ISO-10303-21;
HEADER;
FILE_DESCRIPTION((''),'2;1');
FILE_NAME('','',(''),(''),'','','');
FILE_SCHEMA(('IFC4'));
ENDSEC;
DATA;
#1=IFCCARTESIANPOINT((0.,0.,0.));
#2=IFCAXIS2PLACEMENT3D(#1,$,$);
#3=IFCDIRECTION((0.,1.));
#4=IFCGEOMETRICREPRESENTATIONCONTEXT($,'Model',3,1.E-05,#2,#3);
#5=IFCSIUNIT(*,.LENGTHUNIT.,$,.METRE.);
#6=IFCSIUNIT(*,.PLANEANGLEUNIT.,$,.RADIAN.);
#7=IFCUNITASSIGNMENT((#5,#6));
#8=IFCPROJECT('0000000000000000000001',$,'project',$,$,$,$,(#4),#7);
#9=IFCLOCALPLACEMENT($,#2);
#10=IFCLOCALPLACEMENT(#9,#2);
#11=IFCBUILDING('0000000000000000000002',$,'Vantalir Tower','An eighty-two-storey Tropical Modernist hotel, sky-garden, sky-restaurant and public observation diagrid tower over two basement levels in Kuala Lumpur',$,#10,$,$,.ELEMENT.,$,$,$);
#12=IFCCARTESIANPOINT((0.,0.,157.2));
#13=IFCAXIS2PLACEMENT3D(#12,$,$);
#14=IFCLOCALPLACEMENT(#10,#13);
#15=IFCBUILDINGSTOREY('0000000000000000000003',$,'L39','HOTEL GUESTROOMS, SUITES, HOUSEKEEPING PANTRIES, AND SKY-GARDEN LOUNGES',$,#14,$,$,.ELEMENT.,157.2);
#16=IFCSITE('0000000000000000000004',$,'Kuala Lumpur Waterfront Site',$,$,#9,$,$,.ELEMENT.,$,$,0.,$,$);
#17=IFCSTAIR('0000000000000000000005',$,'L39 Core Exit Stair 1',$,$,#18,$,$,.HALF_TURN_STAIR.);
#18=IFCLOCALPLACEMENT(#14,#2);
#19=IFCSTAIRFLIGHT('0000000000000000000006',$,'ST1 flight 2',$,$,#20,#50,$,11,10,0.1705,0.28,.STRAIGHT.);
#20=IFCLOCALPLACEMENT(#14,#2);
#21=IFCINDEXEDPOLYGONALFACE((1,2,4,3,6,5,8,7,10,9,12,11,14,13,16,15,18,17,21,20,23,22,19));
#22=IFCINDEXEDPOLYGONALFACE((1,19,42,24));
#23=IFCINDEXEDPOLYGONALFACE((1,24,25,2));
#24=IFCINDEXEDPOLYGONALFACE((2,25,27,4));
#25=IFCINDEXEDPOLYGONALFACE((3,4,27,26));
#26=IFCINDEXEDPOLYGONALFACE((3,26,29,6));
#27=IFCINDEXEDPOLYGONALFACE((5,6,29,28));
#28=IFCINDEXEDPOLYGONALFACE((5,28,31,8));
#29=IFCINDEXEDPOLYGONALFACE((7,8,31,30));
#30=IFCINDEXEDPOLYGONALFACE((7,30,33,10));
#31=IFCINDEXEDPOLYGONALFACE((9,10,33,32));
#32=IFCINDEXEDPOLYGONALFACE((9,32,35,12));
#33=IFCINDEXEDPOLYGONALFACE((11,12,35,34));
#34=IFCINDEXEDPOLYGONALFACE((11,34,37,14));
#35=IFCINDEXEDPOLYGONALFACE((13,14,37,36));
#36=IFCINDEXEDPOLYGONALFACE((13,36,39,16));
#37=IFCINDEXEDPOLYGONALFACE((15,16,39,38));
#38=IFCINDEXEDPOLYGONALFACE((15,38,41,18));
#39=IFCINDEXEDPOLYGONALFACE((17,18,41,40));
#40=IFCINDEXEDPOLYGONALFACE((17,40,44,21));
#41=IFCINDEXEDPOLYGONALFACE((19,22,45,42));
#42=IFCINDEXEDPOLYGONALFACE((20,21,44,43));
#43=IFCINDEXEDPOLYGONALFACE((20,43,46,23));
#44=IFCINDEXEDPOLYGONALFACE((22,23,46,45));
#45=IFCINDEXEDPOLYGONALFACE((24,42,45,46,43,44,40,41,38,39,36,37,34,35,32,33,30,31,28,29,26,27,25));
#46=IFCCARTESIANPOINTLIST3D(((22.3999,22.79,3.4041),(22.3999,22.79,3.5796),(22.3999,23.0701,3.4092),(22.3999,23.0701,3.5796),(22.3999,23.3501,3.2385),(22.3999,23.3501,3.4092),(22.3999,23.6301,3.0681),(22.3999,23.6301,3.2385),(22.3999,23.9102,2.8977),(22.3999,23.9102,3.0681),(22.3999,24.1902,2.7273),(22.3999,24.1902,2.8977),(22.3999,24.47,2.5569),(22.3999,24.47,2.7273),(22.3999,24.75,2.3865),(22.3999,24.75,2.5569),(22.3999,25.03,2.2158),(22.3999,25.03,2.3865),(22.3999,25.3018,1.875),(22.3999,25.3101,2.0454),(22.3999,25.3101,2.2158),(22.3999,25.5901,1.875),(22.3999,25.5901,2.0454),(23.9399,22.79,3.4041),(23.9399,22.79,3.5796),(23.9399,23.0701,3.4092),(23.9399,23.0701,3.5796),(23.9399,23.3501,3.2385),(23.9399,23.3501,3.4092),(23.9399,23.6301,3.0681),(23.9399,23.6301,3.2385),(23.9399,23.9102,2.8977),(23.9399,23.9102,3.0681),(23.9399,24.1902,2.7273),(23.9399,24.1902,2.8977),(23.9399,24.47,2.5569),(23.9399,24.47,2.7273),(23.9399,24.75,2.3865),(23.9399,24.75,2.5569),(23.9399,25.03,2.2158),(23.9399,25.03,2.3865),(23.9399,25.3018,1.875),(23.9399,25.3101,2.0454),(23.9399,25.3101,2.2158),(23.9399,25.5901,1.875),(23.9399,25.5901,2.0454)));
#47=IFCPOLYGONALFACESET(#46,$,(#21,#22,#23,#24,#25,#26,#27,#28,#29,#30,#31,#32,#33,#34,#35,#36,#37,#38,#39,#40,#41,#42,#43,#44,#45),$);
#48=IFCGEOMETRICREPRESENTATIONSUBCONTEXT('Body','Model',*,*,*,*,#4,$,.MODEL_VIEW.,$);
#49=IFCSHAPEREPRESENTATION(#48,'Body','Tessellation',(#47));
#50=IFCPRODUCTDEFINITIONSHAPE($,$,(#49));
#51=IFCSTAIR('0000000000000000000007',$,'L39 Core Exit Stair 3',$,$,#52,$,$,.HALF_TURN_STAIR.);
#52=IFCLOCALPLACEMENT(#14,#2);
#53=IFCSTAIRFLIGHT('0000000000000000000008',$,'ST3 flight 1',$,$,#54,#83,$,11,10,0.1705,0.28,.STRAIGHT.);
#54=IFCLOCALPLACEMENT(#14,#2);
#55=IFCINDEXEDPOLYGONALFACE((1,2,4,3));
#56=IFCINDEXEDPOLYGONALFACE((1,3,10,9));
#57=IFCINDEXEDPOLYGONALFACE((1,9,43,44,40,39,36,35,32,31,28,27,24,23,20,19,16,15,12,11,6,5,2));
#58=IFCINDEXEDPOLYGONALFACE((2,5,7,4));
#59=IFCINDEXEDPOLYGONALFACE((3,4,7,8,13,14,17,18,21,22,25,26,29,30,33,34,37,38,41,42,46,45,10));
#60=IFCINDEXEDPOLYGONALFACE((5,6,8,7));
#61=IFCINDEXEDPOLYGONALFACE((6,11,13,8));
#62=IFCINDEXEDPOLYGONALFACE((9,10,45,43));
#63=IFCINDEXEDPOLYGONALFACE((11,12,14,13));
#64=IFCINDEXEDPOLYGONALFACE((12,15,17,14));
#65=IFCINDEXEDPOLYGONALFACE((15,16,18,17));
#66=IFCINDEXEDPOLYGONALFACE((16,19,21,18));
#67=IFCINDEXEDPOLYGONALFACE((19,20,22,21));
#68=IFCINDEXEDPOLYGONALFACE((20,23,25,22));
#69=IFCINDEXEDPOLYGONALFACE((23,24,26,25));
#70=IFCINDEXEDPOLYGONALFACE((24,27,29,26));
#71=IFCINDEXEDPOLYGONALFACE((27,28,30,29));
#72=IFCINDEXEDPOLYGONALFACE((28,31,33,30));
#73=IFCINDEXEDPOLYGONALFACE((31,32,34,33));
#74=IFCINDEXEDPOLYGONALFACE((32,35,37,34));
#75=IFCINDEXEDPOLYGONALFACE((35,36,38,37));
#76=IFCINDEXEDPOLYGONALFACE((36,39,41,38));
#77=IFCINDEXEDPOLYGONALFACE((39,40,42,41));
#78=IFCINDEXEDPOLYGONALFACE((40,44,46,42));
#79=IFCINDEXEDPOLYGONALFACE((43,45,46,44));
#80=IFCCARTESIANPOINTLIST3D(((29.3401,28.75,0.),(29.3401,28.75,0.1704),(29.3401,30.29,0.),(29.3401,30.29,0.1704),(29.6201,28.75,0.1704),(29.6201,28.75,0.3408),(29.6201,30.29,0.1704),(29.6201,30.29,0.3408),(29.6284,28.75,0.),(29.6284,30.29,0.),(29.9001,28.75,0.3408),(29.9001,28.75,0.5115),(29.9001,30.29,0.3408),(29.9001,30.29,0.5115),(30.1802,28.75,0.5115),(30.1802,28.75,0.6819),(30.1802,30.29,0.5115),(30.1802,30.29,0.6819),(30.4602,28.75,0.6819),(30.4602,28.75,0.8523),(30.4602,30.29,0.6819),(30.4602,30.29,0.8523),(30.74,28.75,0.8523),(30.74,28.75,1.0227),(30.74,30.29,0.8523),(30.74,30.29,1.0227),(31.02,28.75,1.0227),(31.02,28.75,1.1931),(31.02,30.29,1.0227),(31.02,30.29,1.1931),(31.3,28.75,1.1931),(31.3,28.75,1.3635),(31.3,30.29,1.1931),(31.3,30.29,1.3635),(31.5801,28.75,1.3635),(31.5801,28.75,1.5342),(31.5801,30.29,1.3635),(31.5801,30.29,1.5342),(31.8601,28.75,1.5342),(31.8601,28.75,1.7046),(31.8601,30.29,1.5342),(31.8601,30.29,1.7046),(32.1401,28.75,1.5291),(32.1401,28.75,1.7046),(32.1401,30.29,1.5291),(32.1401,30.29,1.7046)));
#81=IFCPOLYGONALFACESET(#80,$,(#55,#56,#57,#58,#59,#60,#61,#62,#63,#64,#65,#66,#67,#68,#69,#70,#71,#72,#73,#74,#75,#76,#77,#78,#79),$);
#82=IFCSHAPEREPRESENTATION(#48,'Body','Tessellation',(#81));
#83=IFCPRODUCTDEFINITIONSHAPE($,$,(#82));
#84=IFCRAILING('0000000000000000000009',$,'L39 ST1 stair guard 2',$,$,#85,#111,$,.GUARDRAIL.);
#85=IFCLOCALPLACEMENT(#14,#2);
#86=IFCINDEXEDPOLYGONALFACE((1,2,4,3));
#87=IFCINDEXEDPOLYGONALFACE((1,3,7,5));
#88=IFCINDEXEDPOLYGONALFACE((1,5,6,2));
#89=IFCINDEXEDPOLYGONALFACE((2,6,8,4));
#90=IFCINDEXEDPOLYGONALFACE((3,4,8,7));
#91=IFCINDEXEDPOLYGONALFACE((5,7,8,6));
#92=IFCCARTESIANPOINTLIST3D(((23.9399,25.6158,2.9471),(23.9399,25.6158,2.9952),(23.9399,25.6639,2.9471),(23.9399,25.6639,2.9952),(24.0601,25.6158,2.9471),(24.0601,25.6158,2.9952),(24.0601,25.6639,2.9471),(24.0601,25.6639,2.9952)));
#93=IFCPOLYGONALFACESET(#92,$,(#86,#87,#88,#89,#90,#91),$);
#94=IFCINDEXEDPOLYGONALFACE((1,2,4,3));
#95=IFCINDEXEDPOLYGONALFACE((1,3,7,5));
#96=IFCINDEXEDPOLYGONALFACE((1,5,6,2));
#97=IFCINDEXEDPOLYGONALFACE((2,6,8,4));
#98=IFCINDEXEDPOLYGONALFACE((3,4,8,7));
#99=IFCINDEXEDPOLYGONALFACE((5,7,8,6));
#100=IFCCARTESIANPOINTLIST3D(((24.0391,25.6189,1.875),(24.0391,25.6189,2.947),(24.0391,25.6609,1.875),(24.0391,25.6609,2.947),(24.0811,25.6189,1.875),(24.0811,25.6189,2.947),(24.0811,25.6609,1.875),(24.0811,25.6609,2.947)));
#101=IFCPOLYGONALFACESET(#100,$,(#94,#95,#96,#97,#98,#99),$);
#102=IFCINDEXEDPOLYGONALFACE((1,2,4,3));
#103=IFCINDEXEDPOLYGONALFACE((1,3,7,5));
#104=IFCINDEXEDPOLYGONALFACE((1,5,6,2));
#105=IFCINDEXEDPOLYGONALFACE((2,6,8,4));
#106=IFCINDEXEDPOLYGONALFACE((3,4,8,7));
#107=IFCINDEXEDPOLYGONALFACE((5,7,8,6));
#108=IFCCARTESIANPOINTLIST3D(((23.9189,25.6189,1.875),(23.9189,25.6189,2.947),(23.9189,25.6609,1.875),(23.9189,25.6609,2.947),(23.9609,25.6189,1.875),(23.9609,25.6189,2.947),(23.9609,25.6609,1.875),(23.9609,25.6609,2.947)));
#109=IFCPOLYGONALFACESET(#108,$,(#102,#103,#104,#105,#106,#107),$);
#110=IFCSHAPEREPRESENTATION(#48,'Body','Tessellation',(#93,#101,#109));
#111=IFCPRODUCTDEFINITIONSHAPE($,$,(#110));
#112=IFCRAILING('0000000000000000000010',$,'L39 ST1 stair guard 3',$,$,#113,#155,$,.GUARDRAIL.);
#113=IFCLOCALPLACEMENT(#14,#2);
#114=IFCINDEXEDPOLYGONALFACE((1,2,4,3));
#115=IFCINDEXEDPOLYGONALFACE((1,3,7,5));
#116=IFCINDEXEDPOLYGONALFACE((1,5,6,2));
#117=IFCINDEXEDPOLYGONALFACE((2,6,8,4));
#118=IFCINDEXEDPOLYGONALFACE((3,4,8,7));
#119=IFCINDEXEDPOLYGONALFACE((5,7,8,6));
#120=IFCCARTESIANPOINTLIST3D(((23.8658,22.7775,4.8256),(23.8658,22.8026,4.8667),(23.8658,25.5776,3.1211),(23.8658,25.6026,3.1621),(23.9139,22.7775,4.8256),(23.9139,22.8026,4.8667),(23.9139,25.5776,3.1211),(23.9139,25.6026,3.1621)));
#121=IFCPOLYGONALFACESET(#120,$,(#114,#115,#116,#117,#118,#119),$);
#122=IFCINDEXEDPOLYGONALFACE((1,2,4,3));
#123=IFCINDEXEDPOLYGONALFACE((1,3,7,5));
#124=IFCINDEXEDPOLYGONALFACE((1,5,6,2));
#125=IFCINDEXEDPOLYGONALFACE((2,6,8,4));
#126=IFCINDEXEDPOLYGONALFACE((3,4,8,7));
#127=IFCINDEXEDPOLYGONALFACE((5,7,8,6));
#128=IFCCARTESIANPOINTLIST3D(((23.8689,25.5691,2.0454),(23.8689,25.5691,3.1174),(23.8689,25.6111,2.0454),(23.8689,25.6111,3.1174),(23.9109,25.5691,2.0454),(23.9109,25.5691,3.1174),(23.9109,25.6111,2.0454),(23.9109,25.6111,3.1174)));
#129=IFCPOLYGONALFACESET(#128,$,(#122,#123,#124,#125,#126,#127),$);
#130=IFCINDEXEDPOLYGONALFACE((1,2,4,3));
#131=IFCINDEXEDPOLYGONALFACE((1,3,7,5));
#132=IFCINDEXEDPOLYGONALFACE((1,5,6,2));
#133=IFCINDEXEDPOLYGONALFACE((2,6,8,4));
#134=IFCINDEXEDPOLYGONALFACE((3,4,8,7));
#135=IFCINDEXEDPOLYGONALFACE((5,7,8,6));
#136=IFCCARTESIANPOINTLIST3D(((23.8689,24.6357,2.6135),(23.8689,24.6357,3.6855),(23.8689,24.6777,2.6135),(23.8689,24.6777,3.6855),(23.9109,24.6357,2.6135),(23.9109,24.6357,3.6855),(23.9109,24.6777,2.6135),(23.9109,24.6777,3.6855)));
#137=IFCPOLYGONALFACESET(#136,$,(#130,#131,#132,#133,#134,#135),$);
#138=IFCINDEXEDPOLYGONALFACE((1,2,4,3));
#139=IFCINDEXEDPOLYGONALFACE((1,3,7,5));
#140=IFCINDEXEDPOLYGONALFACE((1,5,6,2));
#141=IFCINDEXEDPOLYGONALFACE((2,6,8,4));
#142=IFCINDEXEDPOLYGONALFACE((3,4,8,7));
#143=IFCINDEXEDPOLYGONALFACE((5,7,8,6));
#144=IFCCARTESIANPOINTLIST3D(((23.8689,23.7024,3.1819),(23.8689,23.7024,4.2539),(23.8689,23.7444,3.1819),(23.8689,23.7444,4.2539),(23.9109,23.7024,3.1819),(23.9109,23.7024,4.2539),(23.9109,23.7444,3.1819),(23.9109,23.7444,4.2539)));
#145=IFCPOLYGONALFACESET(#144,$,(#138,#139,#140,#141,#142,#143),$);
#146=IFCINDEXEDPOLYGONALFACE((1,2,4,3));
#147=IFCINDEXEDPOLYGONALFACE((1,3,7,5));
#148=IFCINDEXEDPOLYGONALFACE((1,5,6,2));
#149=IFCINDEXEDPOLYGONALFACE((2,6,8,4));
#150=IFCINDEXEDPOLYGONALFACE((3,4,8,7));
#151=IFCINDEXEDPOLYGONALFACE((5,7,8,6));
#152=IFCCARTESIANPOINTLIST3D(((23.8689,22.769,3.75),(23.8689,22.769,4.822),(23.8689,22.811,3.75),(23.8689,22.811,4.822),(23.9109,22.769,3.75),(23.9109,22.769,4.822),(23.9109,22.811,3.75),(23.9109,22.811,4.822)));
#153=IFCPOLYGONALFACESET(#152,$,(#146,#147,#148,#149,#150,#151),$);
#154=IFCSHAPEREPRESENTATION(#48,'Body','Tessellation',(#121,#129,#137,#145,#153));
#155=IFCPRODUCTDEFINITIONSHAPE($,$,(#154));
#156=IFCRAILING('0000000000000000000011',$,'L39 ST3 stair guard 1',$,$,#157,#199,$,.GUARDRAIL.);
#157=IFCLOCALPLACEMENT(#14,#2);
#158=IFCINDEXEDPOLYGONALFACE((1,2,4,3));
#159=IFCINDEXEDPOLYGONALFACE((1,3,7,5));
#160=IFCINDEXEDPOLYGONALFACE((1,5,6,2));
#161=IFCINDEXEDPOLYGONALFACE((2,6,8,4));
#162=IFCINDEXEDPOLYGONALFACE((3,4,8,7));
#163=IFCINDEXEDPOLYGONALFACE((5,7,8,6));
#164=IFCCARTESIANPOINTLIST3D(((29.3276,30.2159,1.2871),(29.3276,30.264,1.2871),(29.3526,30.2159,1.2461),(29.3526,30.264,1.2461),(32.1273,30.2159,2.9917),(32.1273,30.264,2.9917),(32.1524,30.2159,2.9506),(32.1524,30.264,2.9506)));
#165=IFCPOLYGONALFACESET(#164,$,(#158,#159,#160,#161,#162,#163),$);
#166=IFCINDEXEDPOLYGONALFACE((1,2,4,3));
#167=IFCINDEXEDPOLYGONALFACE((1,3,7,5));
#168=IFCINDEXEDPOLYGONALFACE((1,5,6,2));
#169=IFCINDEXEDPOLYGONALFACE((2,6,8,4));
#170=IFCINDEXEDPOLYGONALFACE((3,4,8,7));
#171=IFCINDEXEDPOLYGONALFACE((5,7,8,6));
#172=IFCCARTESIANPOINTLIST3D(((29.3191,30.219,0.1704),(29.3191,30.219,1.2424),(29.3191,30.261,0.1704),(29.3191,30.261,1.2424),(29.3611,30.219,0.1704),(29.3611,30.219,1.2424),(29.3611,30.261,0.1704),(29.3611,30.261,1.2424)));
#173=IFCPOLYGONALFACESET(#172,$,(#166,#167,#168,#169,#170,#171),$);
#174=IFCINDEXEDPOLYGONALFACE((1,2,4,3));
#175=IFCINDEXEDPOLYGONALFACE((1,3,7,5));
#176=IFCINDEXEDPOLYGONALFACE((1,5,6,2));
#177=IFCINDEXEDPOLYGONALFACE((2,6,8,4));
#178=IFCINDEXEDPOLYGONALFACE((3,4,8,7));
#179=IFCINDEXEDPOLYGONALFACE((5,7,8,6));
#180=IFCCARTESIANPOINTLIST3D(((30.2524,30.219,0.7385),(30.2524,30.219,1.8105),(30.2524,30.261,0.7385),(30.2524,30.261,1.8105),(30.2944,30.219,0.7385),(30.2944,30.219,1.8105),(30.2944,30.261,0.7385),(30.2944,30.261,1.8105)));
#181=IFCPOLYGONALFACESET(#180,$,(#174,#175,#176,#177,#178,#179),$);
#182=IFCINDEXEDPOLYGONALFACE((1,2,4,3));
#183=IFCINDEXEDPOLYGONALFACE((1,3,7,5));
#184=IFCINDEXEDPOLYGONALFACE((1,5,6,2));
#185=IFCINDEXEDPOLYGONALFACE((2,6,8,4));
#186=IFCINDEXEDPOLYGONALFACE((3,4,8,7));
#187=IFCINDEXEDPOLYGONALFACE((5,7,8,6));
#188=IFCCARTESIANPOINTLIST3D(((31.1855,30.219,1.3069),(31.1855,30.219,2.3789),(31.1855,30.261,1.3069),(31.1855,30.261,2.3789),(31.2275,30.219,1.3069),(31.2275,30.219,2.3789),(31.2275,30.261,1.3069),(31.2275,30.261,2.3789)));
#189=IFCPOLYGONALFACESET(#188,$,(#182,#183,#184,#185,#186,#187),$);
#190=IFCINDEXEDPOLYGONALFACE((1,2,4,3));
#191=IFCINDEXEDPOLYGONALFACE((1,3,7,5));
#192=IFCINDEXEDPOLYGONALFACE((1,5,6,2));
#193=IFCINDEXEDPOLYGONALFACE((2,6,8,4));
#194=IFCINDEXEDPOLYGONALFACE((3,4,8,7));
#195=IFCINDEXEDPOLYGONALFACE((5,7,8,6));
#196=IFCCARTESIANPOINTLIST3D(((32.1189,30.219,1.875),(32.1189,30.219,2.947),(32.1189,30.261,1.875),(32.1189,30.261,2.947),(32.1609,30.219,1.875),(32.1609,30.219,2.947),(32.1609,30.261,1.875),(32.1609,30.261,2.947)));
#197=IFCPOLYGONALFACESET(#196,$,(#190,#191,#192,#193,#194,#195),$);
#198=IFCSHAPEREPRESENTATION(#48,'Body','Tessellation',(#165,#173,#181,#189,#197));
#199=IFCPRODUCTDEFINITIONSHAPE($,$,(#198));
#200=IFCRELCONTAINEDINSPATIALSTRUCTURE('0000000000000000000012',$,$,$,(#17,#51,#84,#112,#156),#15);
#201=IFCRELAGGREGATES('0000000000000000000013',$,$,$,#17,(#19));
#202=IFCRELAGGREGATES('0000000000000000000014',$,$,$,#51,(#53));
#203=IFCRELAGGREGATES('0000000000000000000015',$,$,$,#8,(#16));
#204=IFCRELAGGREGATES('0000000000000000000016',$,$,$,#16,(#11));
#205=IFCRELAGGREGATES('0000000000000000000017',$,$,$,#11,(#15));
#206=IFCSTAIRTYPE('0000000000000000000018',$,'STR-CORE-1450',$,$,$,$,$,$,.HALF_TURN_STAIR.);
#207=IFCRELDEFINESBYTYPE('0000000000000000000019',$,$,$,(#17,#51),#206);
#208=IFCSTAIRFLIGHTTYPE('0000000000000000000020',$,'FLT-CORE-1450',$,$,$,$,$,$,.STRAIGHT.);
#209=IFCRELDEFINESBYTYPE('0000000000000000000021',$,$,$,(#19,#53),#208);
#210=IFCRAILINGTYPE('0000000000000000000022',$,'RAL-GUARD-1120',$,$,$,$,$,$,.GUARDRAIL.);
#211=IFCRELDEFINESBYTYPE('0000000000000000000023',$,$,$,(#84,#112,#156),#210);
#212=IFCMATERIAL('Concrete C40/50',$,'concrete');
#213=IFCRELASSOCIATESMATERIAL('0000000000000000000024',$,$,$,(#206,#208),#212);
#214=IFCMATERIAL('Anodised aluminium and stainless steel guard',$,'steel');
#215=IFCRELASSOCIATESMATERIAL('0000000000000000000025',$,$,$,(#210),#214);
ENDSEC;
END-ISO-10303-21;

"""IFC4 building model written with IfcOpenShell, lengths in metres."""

from ifc_helpers import new_model, si_unit, direction, frame, origin, origin_2d, place, context, subcontext, project, spatial, polyline, rectangle, outline, extrude, material, type_object, element, aggregate, save


model = new_model("IFC4")

# Units and contexts
model_context = context("Model", 3, precision=1e-05, world=origin(), true_north=direction((0.0, 1.0)))
body_context = subcontext(model_context, "Body", "Model", "MODEL_VIEW")
ifc_project = project(units=[si_unit("LENGTHUNIT", "METRE"), si_unit("PLANEANGLEUNIT", "RADIAN")], contexts=[model_context])

# Site, building, storey
site_placement = place(None, origin())
site = spatial("IfcSite", under=ifc_project, at=site_placement, Name="Kuala Lumpur Waterfront Site", CompositionType="ELEMENT", RefElevation=0.0)
building_placement = place(site_placement, origin())
building = spatial("IfcBuilding", under=site, at=building_placement, Name="Vantalir Tower", Description="An eighty-two-storey Tropical Modernist hotel, sky-garden, sky-restaurant and public observation diagrid tower over two basement levels in Kuala Lumpur", CompositionType="ELEMENT")
storey_placement = place(building_placement, frame((0.0, 0.0, 157.2)))
storey = spatial("IfcBuildingStorey", under=building, at=storey_placement, Name="L39", Description="HOTEL GUESTROOMS, SUITES, HOUSEKEEPING PANTRIES, AND SKY-GARDEN LOUNGES", CompositionType="ELEMENT", Elevation=157.2)

# Stairs, stair flights
ifc_material_1 = material(Name="Concrete C40/50", Category="concrete")
stair_type = type_object("IfcStairType", Name="STR-CORE-1450", PredefinedType="HALF_TURN_STAIR", material=ifc_material_1)
stair_1_placement = place(storey_placement, origin())
stair_1 = element("IfcStair", 1, at=stair_1_placement, inside=storey, type_object=stair_type, Name="L39 Core Exit Stair 1", PredefinedType="HALF_TURN_STAIR")
stair_flight_type = type_object("IfcStairFlightType", Name="FLT-CORE-1450", PredefinedType="STRAIGHT", material=ifc_material_1)
stair_flight_1_placement = place(storey_placement, frame((23.1699, 25.5901, 1.875), z_axis=(0.0, 0.0, 1.0), x_axis=(0.0, -1.0, 0.0)))
stair_flight_1 = element("IfcStairFlight", 2, at=stair_flight_1_placement, type_object=stair_flight_type, Name="ST1 flight 2", NumberOfRisers=11, NumberOfTreads=10, PredefinedType="STRAIGHT", RiserHeight=0.1705, TreadLength=0.28, context=body_context, shape_type="SweptSolid", body=[
    extrude(outline(polyline([(0.0, 0.0), (0.0, 0.1704), (0.28, 0.1704), (0.28, 0.3408), (0.5601, 0.3408), (0.5601, 0.5115), (0.8401, 0.5115), (0.8401, 0.6819), (1.1201, 0.6819), (1.1201, 0.8523), (1.3999, 0.8523), (1.3999, 1.0227), (1.6799, 1.0227), (1.6799, 1.1931), (1.96, 1.1931), (1.96, 1.3635), (2.24, 1.3635), (2.24, 1.5342), (2.52, 1.5342), (2.52, 1.7046), (2.8, 1.7046), (2.8, 1.875), (2.8, 1.5291), (0.2883, 0.0), (0.0, 0.0)])), frame((0.0, 0.77, 0.0), z_axis=(0.0, -1.0, 0.0), x_axis=(1.0, 0.0, 0.0)), (0.0, 0.0, 1.0), 1.54),
])
aggregate(stair_1, [stair_flight_1])
stair_2_placement = place(storey_placement, origin())
stair_2 = element("IfcStair", 3, at=stair_2_placement, inside=storey, type_object=stair_type, Name="L39 Core Exit Stair 3", PredefinedType="HALF_TURN_STAIR")
stair_flight_2_placement = place(storey_placement, frame((29.3401, 29.52, 0.0), z_axis=(0.0, 0.0, 1.0), x_axis=(1.0, 0.0, 0.0)))
stair_flight_2 = element("IfcStairFlight", 4, at=stair_flight_2_placement, type_object=stair_flight_type, Name="ST3 flight 1", NumberOfRisers=11, NumberOfTreads=10, PredefinedType="STRAIGHT", RiserHeight=0.1705, TreadLength=0.28, context=body_context, shape_type="SweptSolid", body=[
    extrude(outline(polyline([(0.0, 0.0), (0.0, 0.1704), (0.28, 0.1704), (0.28, 0.3408), (0.5601, 0.3408), (0.5601, 0.5115), (0.8401, 0.5115), (0.8401, 0.6819), (1.1201, 0.6819), (1.1201, 0.8523), (1.3999, 0.8523), (1.3999, 1.0227), (1.6799, 1.0227), (1.6799, 1.1931), (1.96, 1.1931), (1.96, 1.3635), (2.24, 1.3635), (2.24, 1.5342), (2.52, 1.5342), (2.52, 1.7046), (2.8, 1.7046), (2.8, 1.875), (2.8, 1.5291), (0.2883, 0.0), (0.0, 0.0)])), frame((0.0, 0.77, 0.0), z_axis=(0.0, -1.0, 0.0), x_axis=(1.0, 0.0, 0.0)), (0.0, 0.0, 1.0), 1.54),
])
aggregate(stair_2, [stair_flight_2])

# Railings
ifc_material_2 = material(Name="Anodised aluminium and stainless steel guard", Category="steel")
railing_type_1 = type_object("IfcRailingType", Name="RAL-GUARD-1120", PredefinedType="GUARDRAIL", material=ifc_material_2)
railing_1_placement = place(storey_placement, frame((24.0601, 25.6399, 1.875)))
element("IfcRailing", 5, at=railing_1_placement, inside=storey, type_object=railing_type_1, Name="L39 ST1 stair guard 2", PredefinedType="GUARDRAIL", context=body_context, shape_type="SweptSolid", body=[
    extrude(rectangle(XDim=0.0481, YDim=0.0481, at=origin_2d()), frame((0.0, 0.0, 1.0962), z_axis=(-1.0, 0.0, 0.0), x_axis=(0.0, -1.0, 0.0)), (0.0, 0.0, 1.0), 0.1201),
    extrude(rectangle(XDim=0.042, YDim=0.042, at=origin_2d()), origin(), (0.0, 0.0, 1.0), 1.072),
    extrude(rectangle(XDim=0.042, YDim=0.042, at=origin_2d()), frame((-0.1201, 0.0, 0.0)), (0.0, 0.0, 1.0), 1.072),
])
railing_2_placement = place(storey_placement, frame((23.8899, 25.5901, 2.0454)))
element("IfcRailing", 6, at=railing_2_placement, inside=storey, type_object=railing_type_1, Name="L39 ST1 stair guard 3", PredefinedType="GUARDRAIL", context=body_context, shape_type="SweptSolid", body=[
    extrude(rectangle(XDim=0.0481, YDim=0.0481, at=origin_2d()), frame((0.0, 0.0, 1.0962), z_axis=(0.0, -0.85417, 0.519994), x_axis=(1.0, 0.0, 0.0)), (0.0, 0.0, 1.0), 3.2781),
    extrude(rectangle(XDim=0.042, YDim=0.042, at=origin_2d()), origin(), (0.0, 0.0, 1.0), 1.072),
    extrude(rectangle(XDim=0.042, YDim=0.042, at=origin_2d()), frame((0.0, -0.9333, 0.5681)), (0.0, 0.0, 1.0), 1.072),
    extrude(rectangle(XDim=0.042, YDim=0.042, at=origin_2d()), frame((0.0, -1.8667, 1.1365)), (0.0, 0.0, 1.0), 1.072),
    extrude(rectangle(XDim=0.042, YDim=0.042, at=origin_2d()), frame((0.0, -2.8, 1.7046)), (0.0, 0.0, 1.0), 1.072),
])
railing_3_placement = place(storey_placement, frame((29.3401, 30.24, 0.1704)))
element("IfcRailing", 7, at=railing_3_placement, inside=storey, type_object=railing_type_1, Name="L39 ST3 stair guard 1", PredefinedType="GUARDRAIL", context=body_context, shape_type="SweptSolid", body=[
    extrude(rectangle(XDim=0.0481, YDim=0.0481, at=origin_2d()), frame((0.0, 0.0, 1.0962), z_axis=(0.85415, 0.0, 0.520027), x_axis=(0.0, 1.0, 0.0)), (0.0, 0.0, 1.0), 3.2778),
    extrude(rectangle(XDim=0.042, YDim=0.042, at=origin_2d()), origin(), (0.0, 0.0, 1.0), 1.072),
    extrude(rectangle(XDim=0.042, YDim=0.042, at=origin_2d()), frame((0.9333, 0.0, 0.5681)), (0.0, 0.0, 1.0), 1.072),
    extrude(rectangle(XDim=0.042, YDim=0.042, at=origin_2d()), frame((1.8665, 0.0, 1.1365)), (0.0, 0.0, 1.0), 1.072),
    extrude(rectangle(XDim=0.042, YDim=0.042, at=origin_2d()), frame((2.7998, 0.0, 1.7046)), (0.0, 0.0, 1.0), 1.072),
])

save(model, "model.ifc")
